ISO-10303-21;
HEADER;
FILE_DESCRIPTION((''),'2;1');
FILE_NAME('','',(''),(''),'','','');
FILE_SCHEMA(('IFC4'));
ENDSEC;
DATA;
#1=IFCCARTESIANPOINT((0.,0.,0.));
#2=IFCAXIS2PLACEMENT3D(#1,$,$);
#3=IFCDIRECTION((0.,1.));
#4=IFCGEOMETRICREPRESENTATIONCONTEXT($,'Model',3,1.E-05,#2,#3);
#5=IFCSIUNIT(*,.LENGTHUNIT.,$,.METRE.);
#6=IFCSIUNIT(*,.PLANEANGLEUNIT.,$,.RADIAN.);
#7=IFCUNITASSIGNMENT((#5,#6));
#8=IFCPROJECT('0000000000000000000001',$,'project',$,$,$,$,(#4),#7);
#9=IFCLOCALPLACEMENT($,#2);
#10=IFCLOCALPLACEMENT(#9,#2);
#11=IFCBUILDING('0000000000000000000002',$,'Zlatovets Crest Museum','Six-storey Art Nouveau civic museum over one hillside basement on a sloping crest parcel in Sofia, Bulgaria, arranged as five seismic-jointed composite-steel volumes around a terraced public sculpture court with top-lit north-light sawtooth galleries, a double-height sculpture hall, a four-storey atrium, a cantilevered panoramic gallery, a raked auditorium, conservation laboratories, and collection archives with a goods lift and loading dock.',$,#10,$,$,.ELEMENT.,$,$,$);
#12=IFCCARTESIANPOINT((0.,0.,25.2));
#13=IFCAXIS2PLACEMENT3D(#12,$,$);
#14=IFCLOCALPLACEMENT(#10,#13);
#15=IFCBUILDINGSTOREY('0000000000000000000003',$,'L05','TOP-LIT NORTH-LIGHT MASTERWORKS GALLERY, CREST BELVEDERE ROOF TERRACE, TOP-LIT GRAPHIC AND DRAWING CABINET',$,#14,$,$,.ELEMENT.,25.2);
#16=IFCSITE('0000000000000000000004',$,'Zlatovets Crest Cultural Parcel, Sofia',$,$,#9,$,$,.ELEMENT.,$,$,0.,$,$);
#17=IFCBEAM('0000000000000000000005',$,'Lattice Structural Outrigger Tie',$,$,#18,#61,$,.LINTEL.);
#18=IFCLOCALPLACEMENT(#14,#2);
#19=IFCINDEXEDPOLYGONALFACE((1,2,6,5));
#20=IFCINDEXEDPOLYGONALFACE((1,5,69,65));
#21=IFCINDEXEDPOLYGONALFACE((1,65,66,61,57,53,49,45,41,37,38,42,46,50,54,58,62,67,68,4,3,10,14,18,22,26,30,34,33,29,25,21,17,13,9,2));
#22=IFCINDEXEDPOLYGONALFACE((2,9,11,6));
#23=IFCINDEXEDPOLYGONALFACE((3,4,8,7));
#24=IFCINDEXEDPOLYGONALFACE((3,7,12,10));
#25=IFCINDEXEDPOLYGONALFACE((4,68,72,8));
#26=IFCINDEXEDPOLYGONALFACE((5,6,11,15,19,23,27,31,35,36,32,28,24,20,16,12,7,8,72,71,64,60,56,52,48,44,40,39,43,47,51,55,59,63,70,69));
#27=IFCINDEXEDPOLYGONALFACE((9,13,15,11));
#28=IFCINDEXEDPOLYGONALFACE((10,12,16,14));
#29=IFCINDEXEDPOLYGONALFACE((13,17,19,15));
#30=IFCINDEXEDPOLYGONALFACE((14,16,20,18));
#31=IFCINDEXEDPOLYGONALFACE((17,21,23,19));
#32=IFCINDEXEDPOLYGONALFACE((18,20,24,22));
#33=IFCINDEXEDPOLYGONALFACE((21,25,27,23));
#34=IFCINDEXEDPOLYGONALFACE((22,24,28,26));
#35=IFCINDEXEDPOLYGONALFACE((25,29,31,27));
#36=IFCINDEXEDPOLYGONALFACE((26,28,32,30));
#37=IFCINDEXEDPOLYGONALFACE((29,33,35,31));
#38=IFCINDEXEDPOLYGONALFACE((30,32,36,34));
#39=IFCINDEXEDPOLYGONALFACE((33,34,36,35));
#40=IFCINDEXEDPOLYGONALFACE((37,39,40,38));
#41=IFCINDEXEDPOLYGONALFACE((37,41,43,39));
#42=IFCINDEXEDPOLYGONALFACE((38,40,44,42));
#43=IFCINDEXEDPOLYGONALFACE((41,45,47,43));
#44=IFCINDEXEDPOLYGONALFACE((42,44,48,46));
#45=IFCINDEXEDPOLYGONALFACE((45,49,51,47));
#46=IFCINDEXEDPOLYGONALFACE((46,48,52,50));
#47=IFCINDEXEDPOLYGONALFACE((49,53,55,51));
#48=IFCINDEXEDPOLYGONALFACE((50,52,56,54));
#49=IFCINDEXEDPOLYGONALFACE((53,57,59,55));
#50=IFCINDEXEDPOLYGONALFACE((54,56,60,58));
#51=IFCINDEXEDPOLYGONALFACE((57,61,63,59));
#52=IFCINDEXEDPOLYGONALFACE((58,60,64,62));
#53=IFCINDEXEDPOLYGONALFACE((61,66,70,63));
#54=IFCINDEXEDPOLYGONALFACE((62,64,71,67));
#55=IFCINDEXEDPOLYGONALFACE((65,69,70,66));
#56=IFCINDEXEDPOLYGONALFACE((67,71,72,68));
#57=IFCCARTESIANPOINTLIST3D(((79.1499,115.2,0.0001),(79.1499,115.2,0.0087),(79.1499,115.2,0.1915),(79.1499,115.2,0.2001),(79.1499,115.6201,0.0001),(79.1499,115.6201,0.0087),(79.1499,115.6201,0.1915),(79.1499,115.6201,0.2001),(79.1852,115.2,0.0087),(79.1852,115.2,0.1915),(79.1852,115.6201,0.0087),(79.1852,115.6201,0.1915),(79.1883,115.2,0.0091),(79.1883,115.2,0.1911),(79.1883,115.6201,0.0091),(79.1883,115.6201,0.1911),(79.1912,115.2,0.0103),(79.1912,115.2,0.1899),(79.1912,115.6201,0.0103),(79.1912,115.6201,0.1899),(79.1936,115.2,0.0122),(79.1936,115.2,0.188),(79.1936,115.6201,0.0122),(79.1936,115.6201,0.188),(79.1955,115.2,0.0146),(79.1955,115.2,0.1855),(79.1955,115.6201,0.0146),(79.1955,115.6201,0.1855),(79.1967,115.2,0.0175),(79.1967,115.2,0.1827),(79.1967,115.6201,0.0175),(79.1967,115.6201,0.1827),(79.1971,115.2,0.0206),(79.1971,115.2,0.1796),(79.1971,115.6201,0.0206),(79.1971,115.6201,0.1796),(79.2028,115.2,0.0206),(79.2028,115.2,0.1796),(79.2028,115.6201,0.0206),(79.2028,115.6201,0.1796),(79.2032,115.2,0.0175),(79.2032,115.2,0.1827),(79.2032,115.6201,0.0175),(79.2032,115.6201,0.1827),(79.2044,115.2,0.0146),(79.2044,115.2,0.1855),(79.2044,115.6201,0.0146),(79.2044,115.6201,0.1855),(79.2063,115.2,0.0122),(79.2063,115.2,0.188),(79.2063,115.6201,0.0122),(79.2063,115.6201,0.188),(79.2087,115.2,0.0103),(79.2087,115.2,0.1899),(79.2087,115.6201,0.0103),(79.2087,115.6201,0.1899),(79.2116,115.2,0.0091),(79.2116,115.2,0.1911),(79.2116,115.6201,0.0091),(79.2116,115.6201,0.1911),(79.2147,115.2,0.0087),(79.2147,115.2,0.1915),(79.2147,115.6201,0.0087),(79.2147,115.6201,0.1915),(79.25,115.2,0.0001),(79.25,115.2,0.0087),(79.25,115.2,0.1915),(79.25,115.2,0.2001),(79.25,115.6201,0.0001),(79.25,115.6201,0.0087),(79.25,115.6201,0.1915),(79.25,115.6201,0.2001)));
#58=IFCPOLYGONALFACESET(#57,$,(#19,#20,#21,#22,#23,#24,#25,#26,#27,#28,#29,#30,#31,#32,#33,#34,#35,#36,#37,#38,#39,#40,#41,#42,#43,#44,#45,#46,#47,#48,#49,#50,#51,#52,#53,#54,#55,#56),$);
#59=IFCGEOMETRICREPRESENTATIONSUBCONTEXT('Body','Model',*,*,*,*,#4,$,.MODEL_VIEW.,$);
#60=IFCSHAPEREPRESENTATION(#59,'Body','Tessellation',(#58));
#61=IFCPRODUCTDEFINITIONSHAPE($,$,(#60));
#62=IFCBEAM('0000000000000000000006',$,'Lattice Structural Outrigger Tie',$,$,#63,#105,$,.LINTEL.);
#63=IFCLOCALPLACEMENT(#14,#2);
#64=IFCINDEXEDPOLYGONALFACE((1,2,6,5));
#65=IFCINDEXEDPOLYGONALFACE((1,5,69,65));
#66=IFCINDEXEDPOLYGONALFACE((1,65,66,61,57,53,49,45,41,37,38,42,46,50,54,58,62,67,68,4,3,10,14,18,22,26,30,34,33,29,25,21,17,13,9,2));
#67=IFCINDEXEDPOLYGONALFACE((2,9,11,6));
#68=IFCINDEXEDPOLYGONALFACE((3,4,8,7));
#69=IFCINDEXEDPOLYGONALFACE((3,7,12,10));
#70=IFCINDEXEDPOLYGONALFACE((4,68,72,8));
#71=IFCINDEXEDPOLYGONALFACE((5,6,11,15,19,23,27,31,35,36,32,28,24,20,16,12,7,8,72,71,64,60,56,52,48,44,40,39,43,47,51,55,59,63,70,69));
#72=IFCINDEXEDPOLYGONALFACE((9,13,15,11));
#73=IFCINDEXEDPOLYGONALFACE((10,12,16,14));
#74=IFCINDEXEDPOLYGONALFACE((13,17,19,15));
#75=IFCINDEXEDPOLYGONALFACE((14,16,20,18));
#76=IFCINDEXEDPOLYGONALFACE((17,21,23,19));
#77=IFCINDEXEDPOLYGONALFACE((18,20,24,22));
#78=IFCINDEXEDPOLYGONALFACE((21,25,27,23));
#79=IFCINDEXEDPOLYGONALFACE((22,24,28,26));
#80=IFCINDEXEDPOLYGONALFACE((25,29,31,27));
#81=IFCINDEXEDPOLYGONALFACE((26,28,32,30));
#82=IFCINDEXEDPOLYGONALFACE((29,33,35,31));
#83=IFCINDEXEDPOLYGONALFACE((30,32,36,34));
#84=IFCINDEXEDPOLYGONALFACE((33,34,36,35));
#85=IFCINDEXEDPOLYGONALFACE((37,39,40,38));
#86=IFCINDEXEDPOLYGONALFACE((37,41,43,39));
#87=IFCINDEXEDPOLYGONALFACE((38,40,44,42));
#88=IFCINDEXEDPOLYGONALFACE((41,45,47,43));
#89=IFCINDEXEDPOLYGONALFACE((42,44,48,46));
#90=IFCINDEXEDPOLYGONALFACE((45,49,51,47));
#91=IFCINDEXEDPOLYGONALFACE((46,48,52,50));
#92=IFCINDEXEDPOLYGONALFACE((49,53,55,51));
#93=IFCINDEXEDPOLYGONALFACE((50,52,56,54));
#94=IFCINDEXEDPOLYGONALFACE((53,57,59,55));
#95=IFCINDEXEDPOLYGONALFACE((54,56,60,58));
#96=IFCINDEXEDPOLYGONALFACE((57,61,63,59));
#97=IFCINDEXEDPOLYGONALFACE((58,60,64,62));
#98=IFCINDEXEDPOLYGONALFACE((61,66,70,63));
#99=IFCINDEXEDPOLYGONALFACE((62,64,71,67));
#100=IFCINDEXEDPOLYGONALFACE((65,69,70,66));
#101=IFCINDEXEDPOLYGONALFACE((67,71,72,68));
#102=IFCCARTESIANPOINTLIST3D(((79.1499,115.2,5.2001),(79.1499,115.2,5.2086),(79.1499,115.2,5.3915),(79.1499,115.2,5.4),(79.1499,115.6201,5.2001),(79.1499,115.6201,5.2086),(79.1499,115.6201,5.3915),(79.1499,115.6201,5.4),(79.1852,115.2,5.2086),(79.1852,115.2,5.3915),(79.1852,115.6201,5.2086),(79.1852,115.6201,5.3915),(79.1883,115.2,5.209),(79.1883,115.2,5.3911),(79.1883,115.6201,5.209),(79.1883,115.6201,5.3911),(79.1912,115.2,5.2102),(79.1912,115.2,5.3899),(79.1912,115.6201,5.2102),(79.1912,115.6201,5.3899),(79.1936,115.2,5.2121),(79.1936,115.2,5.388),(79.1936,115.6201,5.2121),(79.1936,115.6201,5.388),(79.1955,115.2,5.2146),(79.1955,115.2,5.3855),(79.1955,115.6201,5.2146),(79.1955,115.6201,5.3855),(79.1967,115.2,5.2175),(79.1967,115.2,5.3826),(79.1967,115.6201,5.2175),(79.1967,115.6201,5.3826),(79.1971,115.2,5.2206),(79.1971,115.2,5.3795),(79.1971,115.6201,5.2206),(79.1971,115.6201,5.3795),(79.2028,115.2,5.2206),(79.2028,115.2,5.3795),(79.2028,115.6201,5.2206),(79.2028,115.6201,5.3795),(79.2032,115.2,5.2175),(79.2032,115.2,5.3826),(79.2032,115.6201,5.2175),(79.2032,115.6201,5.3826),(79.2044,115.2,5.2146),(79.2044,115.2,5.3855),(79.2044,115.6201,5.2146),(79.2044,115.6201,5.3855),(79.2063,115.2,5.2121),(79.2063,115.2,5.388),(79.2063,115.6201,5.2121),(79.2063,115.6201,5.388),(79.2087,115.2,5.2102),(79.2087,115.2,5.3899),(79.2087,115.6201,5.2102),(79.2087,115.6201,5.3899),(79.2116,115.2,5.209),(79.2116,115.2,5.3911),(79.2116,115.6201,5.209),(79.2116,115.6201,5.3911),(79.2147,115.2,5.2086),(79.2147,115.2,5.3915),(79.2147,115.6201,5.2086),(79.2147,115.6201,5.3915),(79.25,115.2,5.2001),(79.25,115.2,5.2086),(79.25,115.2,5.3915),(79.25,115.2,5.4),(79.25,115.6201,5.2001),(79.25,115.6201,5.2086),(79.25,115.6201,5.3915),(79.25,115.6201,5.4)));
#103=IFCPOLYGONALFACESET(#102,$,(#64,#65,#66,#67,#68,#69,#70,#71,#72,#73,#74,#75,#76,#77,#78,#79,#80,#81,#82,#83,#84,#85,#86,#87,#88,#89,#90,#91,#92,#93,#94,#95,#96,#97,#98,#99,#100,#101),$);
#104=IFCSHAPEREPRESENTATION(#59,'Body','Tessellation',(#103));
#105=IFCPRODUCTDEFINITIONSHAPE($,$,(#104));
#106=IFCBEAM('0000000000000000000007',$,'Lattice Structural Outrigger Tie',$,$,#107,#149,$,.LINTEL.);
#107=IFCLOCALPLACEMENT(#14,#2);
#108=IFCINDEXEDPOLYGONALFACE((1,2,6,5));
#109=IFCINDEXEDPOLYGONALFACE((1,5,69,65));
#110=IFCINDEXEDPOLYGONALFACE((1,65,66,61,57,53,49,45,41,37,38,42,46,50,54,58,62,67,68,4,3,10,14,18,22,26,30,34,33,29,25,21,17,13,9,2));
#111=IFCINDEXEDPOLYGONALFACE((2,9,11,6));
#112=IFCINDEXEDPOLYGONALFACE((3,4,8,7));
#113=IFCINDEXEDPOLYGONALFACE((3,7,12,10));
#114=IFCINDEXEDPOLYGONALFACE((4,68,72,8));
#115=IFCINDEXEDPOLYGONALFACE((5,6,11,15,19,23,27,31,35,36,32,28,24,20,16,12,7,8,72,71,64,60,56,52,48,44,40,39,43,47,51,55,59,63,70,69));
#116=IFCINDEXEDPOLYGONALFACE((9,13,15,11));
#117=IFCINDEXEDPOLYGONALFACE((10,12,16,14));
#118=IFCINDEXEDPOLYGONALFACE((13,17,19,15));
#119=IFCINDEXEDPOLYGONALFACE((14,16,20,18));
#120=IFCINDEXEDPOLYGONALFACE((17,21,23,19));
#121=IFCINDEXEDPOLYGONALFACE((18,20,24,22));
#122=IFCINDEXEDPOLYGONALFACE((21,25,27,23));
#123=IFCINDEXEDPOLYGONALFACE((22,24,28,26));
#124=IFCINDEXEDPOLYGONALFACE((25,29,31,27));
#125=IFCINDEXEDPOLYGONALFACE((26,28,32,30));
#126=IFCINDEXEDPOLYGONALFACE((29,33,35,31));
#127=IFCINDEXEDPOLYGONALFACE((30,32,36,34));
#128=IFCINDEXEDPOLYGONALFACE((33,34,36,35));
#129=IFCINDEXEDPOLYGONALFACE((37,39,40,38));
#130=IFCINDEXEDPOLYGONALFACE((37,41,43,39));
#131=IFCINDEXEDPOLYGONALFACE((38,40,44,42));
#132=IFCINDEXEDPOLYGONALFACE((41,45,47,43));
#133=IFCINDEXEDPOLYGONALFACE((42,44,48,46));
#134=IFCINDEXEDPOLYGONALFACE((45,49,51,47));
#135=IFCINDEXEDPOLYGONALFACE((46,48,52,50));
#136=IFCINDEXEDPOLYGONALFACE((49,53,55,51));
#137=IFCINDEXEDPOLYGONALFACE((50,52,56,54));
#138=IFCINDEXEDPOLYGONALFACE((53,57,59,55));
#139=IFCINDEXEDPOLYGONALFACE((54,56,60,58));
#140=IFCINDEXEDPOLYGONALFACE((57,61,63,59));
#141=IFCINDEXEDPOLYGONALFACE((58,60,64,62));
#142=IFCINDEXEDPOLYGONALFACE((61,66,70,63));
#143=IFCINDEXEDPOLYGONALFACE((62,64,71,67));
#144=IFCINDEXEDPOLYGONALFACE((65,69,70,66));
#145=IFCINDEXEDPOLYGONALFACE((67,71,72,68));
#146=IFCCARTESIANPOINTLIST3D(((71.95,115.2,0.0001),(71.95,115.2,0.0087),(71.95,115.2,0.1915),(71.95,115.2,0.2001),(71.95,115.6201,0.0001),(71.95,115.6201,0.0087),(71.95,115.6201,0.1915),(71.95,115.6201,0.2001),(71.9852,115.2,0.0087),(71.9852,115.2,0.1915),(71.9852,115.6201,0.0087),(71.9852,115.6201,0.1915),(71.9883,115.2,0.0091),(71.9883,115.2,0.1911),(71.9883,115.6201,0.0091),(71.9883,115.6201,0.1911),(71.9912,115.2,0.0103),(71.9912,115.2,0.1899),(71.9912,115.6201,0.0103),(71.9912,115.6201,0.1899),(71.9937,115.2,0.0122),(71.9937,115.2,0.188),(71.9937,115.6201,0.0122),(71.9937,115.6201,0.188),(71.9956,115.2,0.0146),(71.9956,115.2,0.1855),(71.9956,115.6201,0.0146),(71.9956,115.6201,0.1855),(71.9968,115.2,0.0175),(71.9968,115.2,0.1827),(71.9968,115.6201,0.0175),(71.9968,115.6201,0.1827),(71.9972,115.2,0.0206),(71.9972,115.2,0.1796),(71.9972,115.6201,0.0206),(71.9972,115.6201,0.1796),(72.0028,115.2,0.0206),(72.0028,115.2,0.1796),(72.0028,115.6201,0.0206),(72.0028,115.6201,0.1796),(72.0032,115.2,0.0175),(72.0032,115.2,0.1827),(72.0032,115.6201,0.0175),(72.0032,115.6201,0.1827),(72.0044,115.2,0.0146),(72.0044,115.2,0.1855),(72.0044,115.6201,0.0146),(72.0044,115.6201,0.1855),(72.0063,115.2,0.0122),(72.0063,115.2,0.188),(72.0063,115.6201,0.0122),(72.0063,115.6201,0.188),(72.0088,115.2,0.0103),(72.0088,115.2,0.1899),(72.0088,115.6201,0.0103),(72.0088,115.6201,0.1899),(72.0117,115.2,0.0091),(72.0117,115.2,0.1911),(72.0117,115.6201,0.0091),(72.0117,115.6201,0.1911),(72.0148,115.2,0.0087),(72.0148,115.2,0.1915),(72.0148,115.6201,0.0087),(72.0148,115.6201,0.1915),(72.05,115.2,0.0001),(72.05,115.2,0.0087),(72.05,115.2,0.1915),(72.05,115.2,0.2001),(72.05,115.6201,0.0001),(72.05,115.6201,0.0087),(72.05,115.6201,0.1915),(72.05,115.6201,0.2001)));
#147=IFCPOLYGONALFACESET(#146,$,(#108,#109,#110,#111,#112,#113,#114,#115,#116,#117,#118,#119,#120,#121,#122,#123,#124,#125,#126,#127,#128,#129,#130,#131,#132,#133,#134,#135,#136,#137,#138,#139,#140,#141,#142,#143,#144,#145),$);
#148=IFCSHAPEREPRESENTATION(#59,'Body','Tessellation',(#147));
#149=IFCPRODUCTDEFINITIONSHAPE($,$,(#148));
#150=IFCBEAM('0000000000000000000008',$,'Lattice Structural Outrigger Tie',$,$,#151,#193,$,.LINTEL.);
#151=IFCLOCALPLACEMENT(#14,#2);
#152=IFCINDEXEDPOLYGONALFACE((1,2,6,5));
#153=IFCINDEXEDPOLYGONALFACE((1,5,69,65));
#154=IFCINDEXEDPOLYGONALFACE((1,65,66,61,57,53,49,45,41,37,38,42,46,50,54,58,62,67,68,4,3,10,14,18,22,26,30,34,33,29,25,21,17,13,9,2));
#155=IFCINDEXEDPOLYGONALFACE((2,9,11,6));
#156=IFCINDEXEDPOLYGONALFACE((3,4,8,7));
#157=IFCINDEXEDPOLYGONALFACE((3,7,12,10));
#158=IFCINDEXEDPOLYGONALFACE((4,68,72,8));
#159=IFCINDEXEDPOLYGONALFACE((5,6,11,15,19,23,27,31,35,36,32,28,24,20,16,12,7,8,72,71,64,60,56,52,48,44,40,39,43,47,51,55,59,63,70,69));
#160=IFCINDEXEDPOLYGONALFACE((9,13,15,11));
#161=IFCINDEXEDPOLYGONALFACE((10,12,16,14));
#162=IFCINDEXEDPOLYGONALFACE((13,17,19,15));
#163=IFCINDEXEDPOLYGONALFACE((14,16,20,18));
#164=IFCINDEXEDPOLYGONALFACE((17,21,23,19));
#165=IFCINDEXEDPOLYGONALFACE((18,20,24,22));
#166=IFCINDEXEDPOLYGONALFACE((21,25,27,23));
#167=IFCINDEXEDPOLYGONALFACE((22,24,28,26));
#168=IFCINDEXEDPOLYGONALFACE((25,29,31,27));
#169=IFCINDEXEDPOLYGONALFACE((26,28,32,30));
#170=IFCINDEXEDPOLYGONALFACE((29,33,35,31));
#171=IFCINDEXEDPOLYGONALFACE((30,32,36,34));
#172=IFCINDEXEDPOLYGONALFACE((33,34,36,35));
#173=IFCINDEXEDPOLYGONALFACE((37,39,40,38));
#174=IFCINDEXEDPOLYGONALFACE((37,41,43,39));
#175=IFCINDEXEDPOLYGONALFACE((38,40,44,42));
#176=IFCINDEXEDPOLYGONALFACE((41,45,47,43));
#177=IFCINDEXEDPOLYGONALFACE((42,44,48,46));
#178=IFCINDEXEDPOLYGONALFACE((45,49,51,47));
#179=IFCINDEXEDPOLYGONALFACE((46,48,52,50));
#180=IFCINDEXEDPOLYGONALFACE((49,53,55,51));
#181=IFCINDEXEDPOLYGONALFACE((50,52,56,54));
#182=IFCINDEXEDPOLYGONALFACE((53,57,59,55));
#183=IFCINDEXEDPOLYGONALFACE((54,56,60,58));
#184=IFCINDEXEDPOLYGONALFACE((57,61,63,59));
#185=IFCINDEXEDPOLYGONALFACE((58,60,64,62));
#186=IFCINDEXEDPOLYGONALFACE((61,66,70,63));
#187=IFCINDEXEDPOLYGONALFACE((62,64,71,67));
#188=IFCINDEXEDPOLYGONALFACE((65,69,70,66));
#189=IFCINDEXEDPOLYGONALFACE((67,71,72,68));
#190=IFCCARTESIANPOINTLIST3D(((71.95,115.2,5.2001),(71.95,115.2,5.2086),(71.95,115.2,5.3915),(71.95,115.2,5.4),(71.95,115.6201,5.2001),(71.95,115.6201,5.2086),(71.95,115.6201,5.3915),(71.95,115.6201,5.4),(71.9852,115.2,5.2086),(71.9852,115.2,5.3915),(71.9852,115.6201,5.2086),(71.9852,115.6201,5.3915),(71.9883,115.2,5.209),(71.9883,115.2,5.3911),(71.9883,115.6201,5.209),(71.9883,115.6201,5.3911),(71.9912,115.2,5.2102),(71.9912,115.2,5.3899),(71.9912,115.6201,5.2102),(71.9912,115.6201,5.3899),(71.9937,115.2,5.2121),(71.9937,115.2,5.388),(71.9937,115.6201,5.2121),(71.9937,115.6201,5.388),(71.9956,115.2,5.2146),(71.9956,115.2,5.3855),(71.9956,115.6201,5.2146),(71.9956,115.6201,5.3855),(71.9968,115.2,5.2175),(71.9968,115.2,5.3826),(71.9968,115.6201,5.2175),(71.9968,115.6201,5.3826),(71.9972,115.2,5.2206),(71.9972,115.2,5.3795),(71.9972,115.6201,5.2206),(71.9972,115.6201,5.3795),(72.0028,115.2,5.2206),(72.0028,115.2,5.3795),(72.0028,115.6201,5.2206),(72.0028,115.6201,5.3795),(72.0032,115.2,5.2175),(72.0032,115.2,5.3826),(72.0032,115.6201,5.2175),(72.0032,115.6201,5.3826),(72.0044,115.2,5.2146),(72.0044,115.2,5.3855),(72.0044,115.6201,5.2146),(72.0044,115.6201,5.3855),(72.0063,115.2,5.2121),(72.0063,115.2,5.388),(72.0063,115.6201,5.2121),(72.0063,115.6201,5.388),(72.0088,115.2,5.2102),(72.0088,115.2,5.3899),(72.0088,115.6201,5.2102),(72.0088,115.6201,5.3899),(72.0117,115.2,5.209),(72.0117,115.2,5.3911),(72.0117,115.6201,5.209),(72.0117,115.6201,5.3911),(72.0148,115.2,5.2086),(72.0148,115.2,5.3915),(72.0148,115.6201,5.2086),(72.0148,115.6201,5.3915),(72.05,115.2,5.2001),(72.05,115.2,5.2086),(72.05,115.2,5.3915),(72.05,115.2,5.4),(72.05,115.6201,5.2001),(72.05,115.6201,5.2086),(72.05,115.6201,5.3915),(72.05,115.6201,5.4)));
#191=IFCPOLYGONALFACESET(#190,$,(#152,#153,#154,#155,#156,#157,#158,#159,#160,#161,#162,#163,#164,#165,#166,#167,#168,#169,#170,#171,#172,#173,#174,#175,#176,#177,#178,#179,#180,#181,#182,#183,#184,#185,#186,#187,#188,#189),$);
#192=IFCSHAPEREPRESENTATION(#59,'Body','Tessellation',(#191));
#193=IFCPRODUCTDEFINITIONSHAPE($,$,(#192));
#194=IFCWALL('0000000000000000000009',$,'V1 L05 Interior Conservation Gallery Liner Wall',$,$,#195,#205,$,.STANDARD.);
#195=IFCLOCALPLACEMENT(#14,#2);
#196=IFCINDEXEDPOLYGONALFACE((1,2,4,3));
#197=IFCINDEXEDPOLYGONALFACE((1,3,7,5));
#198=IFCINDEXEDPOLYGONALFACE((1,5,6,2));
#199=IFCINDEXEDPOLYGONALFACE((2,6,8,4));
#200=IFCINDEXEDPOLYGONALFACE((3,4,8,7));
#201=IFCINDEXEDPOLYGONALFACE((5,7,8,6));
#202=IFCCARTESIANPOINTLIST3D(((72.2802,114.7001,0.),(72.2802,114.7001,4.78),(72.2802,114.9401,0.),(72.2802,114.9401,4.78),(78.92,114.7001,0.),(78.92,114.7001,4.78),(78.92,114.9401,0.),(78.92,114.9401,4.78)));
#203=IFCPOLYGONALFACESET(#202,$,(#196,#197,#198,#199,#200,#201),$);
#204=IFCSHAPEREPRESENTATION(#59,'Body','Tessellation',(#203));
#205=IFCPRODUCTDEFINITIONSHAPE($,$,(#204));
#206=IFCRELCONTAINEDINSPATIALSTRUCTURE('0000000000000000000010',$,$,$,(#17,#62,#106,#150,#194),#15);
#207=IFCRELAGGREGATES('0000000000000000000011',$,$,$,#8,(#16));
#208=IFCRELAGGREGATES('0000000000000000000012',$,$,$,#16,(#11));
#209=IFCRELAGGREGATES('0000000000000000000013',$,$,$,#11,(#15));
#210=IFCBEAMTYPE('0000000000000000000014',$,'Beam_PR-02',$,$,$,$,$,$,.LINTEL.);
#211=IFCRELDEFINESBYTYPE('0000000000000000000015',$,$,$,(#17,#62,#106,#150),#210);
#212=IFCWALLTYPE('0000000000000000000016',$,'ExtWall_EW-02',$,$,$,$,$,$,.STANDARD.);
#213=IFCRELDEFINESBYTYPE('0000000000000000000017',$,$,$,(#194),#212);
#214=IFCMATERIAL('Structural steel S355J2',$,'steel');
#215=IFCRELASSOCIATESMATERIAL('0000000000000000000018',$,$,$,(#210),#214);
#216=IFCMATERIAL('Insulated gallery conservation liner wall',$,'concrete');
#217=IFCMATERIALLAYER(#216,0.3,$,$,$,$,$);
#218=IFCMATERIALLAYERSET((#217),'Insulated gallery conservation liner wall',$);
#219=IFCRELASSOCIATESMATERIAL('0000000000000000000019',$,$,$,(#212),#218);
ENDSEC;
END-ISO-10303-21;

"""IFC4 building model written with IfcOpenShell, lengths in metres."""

from ifc_helpers import new_model, si_unit, direction, frame, frame_2d, origin, origin_2d, place, context, subcontext, project, spatial, rectangle, i_section, extrude, material, layer, layer_set, material_profile, profile_set, type_object, element, save


model = new_model("IFC4")

# Units and contexts
model_context = context("Model", 3, precision=1e-05, world=origin(), true_north=direction((0.0, 1.0)))
body_context = subcontext(model_context, "Body", "Model", "MODEL_VIEW")
ifc_project = project(units=[si_unit("LENGTHUNIT", "METRE"), si_unit("PLANEANGLEUNIT", "RADIAN")], contexts=[model_context])

# Site, building, storey
site_placement = place(None, origin())
site = spatial("IfcSite", under=ifc_project, at=site_placement, Name="Zlatovets Crest Cultural Parcel, Sofia", CompositionType="ELEMENT", RefElevation=0.0)
building_placement = place(site_placement, origin())
building = spatial("IfcBuilding", under=site, at=building_placement, Name="Zlatovets Crest Museum", Description="Six-storey Art Nouveau civic museum over one hillside basement on a sloping crest parcel in Sofia, Bulgaria, arranged as five seismic-jointed composite-steel volumes around a terraced public sculpture court with top-lit north-light sawtooth galleries, a double-height sculpture hall, a four-storey atrium, a cantilevered panoramic gallery, a raked auditorium, conservation laboratories, and collection archives with a goods lift and loading dock.", CompositionType="ELEMENT")
storey_placement = place(building_placement, frame((0.0, 0.0, 25.2)))
storey = spatial("IfcBuildingStorey", under=building, at=storey_placement, Name="L05", Description="TOP-LIT NORTH-LIGHT MASTERWORKS GALLERY, CREST BELVEDERE ROOF TERRACE, TOP-LIT GRAPHIC AND DRAWING CABINET", CompositionType="ELEMENT", Elevation=25.2)

# Shared definitions
ifc_material_1 = material(Name="Structural steel S355J2", Category="steel")

# Beams
ifc_material_profile_1 = material_profile(ifc_material_1, i_section(OverallWidth=0.1001, OverallDepth=0.2, WebThickness=0.0056, FlangeThickness=0.0085, FilletRadius=0.012, at=origin_2d()), Name="IPE 200")
ifc_profile_set_1 = profile_set([ifc_material_profile_1], Name="Structural steel S355J2")
beam_type_1 = type_object("IfcBeamType", Name="Beam_PR-02", PredefinedType="LINTEL", material=ifc_profile_set_1)
for number, where, z_axis, x_axis, name in (
    (1, (79.2, 115.2, 0.1001), (0.0, 1.0, 0.0), (-1.0, 0.0, 0.0), "Lattice Structural Outrigger Tie"),
    (2, (79.2, 115.2, 5.3), (0.0, 1.0, 0.0), (-1.0, 0.0, 0.0), "Lattice Structural Outrigger Tie"),
    (3, (72.0, 115.2, 0.1001), (0.0, 1.0, 0.0), (-1.0, 0.0, 0.0), "Lattice Structural Outrigger Tie"),
    (4, (72.0, 115.2, 5.3), (0.0, 1.0, 0.0), (-1.0, 0.0, 0.0), "Lattice Structural Outrigger Tie"),
):
    element("IfcBeam", number, at=place(storey_placement, frame(where, z_axis=z_axis, x_axis=x_axis)), inside=storey, type_object=beam_type_1, Name=name, PredefinedType="LINTEL", context=body_context, shape_type="SweptSolid", body=[
        extrude(i_section(OverallWidth=0.1001, OverallDepth=0.2, WebThickness=0.0056, FlangeThickness=0.0085, FilletRadius=0.012, at=origin_2d()), origin(), (0.0, 0.0, 1.0), 0.4202),
    ])

# Wall
ifc_material_2 = material(Name="Insulated gallery conservation liner wall", Category="concrete")
ifc_layer_1 = layer(ifc_material_2, 0.3)
ifc_layer_set_1 = layer_set([ifc_layer_1], Name="Insulated gallery conservation liner wall")
wall_type_1 = type_object("IfcWallType", Name="ExtWall_EW-02", PredefinedType="STANDARD", material=ifc_layer_set_1)
wall_1_placement = place(storey_placement, frame((78.9199, 114.8201, 0.0), z_axis=(0.0, 0.0, 1.0), x_axis=(-1.0, 0.0, 0.0)))
element("IfcWall", 5, at=wall_1_placement, inside=storey, type_object=wall_type_1, Name="V1 L05 Interior Conservation Gallery Liner Wall", PredefinedType="STANDARD", context=body_context, shape_type="SweptSolid", body=[
    extrude(rectangle(XDim=6.6399, YDim=0.24, at=frame_2d((3.3198, 0.0))), origin(), (0.0, 0.0, 1.0), 4.78),
])

save(model, "model.ifc")
